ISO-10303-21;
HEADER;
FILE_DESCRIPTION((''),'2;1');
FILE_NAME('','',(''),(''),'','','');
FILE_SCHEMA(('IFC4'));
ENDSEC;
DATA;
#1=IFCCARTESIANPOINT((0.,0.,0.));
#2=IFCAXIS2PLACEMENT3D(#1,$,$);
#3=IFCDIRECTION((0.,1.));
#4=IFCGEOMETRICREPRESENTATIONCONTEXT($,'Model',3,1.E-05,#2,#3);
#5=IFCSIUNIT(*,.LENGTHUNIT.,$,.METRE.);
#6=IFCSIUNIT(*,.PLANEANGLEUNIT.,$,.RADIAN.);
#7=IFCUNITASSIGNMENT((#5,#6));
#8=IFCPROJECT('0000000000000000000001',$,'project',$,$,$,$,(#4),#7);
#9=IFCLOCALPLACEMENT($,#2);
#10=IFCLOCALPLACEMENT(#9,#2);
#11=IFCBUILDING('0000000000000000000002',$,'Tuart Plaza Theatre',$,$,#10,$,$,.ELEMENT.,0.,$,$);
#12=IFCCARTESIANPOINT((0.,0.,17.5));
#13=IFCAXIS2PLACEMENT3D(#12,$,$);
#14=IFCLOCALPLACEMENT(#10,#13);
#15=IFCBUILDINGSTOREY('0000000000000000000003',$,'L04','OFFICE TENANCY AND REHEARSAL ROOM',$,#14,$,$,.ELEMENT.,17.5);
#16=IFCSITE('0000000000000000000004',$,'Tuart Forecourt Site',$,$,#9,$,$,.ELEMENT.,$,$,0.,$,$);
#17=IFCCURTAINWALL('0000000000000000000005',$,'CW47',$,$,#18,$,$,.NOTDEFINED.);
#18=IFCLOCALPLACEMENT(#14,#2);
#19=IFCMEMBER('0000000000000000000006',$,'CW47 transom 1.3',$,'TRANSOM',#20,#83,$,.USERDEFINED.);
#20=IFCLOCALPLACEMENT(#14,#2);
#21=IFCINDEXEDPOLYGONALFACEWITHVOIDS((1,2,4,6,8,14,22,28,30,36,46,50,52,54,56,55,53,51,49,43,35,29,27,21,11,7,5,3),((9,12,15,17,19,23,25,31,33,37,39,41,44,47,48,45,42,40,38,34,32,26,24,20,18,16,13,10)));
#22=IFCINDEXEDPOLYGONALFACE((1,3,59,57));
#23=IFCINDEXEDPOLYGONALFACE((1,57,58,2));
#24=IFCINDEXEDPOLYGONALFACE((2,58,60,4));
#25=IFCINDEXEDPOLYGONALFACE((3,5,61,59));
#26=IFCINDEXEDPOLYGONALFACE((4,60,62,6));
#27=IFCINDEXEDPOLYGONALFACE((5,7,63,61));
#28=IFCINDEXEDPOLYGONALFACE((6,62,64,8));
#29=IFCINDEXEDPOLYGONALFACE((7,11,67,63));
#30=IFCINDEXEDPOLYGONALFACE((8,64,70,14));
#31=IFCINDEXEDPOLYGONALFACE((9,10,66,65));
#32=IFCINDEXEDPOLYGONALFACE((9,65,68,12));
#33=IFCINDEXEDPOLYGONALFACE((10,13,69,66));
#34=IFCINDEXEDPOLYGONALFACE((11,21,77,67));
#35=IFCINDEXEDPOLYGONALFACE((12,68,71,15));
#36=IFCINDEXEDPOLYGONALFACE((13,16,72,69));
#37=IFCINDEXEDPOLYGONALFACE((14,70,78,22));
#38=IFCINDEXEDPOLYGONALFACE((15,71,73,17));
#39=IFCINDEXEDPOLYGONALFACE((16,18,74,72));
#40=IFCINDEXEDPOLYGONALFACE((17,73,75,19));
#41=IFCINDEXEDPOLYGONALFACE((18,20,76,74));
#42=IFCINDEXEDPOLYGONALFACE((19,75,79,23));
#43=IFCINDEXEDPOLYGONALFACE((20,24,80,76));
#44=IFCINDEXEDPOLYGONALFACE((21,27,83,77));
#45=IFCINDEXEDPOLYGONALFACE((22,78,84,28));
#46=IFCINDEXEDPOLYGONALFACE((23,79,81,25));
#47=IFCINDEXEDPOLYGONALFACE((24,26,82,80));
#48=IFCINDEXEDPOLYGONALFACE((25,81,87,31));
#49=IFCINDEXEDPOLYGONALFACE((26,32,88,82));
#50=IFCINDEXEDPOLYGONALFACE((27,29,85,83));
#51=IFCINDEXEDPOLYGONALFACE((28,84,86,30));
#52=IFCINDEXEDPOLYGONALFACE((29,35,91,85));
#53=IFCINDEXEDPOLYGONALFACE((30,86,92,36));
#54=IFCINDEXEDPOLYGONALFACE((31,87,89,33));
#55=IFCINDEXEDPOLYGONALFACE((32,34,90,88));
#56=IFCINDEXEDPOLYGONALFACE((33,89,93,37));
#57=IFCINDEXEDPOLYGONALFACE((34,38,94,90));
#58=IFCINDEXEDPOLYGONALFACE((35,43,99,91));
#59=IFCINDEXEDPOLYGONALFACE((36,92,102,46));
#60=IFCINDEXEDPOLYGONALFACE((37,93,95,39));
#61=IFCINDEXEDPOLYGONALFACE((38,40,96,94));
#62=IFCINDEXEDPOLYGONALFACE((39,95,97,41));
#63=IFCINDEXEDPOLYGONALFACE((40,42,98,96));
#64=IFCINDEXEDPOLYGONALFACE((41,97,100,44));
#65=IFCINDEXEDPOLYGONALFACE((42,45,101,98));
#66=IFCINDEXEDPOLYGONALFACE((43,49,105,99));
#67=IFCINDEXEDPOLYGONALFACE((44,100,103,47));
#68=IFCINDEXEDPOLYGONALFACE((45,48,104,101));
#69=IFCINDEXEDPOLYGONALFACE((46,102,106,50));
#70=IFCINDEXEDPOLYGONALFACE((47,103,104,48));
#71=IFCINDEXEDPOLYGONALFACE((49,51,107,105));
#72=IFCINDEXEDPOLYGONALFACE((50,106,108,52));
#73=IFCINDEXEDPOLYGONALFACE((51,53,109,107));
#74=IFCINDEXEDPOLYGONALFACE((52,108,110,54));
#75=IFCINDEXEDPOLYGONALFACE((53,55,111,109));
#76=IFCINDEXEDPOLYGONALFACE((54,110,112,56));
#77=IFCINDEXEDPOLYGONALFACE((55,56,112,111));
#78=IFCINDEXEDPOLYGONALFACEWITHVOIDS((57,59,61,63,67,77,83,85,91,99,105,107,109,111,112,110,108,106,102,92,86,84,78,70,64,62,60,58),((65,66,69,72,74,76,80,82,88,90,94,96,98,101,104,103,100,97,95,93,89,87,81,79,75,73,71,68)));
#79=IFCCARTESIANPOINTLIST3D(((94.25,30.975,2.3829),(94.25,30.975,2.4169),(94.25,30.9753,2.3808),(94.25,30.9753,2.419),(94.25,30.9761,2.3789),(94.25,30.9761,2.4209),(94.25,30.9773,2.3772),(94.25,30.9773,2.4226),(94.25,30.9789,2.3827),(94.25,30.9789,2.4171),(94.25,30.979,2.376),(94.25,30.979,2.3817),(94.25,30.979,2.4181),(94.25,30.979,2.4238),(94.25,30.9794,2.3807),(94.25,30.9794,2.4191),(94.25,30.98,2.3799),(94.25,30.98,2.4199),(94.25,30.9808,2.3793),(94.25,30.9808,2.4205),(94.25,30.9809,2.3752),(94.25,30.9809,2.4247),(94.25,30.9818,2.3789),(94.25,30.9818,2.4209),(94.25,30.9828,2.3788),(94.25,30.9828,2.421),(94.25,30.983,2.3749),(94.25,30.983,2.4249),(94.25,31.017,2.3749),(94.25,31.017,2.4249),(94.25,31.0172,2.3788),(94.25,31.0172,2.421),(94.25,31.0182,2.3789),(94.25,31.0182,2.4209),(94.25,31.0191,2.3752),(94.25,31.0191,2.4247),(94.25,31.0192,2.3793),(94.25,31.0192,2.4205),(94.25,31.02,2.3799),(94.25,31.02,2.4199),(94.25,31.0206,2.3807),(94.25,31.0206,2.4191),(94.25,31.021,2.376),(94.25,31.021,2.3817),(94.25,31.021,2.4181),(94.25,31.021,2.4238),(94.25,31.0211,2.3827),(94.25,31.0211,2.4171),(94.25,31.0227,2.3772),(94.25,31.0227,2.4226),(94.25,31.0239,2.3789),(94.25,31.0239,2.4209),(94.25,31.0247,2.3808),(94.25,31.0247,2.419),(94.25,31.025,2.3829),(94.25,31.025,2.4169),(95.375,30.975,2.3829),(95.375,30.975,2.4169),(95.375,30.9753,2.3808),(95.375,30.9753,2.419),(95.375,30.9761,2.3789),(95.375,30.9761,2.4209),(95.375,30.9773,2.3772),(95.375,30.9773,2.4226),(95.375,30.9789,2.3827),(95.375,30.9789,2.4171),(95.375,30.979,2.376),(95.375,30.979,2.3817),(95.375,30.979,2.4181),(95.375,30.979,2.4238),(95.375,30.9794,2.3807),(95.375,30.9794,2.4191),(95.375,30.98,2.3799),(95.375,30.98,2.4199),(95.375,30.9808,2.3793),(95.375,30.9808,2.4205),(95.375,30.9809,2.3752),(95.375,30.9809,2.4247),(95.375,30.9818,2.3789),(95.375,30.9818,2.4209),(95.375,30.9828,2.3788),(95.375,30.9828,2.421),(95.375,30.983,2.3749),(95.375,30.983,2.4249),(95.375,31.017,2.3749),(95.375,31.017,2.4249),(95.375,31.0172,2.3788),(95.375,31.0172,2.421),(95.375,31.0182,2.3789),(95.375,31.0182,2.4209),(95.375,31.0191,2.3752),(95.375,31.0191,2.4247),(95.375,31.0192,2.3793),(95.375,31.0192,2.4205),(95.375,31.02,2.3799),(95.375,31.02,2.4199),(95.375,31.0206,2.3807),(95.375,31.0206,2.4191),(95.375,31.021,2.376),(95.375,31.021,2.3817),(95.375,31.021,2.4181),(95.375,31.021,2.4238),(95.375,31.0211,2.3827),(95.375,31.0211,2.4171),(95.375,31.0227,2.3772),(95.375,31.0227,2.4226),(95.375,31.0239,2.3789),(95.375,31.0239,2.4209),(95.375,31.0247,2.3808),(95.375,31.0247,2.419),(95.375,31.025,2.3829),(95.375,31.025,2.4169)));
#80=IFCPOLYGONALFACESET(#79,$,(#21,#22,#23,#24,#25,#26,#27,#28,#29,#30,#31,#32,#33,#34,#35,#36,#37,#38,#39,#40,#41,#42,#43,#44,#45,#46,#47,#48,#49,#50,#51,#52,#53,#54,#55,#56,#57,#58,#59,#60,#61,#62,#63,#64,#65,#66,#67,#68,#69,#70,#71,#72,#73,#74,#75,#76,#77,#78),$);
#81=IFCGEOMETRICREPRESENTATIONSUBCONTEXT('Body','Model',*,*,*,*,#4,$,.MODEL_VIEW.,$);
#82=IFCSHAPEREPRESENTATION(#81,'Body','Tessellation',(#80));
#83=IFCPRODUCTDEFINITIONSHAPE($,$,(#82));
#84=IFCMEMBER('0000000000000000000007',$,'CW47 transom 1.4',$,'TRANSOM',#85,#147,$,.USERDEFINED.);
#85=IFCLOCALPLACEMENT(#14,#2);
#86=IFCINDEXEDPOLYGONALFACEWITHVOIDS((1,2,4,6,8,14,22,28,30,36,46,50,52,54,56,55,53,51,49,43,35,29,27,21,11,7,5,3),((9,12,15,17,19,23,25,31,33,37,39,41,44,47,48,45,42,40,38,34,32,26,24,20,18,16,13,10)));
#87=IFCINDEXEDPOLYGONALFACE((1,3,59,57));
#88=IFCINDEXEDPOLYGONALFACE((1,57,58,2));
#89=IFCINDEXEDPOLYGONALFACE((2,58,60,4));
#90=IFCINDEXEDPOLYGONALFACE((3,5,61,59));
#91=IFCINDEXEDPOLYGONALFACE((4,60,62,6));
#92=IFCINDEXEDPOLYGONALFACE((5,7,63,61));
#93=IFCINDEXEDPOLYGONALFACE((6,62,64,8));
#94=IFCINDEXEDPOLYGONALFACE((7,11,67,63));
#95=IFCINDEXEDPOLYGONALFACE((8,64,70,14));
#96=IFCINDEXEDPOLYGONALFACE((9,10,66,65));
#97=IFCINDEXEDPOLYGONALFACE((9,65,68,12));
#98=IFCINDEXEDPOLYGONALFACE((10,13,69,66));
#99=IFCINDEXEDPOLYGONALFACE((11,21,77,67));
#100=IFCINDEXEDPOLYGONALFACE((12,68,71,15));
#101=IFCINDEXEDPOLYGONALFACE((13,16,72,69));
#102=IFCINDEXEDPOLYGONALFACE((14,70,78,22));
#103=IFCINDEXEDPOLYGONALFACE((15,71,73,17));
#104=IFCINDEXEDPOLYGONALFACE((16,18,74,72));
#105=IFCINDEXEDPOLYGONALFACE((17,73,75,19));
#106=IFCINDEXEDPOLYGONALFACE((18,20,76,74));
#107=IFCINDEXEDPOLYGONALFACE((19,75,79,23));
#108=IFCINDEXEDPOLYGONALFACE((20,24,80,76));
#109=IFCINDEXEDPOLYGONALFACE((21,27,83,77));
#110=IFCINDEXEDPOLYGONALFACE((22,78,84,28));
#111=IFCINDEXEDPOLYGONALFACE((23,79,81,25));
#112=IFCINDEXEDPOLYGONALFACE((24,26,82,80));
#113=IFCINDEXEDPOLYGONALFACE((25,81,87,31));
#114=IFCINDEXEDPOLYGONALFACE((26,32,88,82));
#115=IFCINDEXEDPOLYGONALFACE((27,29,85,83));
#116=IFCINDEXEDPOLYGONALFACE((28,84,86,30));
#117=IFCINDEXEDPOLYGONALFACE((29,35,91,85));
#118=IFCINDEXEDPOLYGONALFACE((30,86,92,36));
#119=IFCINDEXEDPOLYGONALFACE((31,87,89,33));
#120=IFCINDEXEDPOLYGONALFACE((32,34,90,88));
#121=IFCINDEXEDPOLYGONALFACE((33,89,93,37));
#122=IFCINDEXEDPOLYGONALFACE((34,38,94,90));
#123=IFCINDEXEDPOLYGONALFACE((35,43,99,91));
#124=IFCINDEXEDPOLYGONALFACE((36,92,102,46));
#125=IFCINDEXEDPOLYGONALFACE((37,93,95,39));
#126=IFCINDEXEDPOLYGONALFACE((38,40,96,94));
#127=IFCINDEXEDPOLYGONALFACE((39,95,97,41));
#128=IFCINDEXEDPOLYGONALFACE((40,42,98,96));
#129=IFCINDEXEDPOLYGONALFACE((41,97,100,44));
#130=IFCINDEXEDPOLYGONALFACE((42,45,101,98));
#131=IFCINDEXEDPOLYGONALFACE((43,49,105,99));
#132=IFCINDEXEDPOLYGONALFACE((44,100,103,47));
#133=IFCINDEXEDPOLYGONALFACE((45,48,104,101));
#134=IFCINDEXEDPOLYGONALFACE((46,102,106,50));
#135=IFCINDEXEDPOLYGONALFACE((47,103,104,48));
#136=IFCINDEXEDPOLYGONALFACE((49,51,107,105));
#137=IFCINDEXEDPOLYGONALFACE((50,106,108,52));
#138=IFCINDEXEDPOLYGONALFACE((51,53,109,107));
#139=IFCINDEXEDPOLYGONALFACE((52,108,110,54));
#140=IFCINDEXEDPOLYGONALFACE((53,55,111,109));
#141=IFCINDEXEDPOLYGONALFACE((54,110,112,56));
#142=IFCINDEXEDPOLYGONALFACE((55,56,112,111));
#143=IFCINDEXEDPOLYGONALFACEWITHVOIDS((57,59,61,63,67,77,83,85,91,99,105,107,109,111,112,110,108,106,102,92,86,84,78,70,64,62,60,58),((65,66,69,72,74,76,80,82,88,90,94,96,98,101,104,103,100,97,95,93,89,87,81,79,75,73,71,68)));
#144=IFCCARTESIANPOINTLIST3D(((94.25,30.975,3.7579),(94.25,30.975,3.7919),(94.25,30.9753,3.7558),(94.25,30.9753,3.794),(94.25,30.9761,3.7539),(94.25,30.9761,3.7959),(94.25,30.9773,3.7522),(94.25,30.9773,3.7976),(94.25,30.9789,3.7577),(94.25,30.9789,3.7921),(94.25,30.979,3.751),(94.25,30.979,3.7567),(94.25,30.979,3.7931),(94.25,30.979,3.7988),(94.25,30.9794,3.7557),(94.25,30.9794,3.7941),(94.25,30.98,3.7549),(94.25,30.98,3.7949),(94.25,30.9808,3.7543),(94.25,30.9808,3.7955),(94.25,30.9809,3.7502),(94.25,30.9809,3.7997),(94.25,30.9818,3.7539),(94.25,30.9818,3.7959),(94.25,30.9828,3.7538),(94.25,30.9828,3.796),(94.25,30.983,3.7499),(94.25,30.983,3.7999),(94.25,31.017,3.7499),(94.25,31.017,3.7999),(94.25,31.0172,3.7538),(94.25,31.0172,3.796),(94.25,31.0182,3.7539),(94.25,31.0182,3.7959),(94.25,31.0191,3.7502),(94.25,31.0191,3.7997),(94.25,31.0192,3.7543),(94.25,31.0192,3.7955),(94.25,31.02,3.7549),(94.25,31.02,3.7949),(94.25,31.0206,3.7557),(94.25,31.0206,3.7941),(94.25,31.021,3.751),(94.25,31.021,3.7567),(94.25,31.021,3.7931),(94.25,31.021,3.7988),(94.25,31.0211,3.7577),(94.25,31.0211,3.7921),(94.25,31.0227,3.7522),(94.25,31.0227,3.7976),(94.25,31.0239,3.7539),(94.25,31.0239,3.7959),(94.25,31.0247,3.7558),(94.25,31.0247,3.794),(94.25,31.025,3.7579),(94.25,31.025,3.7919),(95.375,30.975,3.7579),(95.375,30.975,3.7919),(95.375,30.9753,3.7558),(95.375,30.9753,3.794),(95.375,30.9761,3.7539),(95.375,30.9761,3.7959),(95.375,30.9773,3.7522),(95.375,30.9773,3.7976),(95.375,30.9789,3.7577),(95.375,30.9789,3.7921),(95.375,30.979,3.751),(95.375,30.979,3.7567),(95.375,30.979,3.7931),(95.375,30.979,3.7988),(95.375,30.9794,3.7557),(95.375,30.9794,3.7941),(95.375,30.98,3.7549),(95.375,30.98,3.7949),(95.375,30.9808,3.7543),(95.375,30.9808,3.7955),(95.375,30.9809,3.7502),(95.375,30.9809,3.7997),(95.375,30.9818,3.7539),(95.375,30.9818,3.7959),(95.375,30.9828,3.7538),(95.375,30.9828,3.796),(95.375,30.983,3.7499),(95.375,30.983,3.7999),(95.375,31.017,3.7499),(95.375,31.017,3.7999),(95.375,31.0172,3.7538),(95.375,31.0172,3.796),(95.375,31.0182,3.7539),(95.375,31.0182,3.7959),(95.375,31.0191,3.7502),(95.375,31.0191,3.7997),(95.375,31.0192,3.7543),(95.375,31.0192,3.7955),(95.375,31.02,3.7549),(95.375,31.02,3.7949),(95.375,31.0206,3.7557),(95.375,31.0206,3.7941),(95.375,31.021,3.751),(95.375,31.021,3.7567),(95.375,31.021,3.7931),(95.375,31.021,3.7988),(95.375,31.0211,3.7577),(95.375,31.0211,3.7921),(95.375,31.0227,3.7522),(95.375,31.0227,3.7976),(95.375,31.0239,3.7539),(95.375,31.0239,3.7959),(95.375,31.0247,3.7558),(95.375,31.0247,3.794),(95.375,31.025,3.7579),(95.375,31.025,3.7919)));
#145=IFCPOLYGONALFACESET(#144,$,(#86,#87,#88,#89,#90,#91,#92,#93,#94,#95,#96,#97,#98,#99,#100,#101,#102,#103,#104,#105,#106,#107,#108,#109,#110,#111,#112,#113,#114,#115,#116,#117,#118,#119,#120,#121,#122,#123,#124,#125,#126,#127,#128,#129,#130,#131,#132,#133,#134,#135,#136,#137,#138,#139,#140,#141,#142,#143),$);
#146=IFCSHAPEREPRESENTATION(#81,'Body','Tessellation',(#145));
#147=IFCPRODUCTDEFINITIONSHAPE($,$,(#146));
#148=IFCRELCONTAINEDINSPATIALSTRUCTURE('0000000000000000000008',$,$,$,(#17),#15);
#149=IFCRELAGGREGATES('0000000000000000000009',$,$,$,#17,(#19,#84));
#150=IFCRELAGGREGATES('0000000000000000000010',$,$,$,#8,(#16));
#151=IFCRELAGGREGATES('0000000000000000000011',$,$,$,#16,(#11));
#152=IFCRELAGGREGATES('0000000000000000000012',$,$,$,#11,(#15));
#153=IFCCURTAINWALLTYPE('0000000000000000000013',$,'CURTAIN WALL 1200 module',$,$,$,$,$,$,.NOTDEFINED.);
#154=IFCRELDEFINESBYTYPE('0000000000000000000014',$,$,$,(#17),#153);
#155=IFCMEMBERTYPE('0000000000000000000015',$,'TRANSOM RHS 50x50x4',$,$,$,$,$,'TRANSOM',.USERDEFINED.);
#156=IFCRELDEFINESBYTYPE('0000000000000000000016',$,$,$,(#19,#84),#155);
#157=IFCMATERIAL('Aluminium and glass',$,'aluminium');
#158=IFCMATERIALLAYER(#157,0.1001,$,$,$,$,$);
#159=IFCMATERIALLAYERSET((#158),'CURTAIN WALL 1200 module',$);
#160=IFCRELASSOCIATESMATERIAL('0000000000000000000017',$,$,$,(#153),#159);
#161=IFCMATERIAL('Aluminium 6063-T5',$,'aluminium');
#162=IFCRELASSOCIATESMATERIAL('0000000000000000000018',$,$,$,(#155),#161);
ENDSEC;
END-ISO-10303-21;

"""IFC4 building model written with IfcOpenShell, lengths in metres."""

from ifc_helpers import new_model, si_unit, direction, frame, origin, origin_2d, place, context, subcontext, project, spatial, hollow_rectangle, extrude, material, layer, layer_set, material_profile, profile_set, type_object, element, aggregate, save


model = new_model("IFC4")

# Units and contexts
model_context = context("Model", 3, precision=1e-05, world=origin(), true_north=direction((0.0, 1.0)))
body_context = subcontext(model_context, "Body", "Model", "MODEL_VIEW")
ifc_project = project(units=[si_unit("LENGTHUNIT", "METRE"), si_unit("PLANEANGLEUNIT", "RADIAN")], contexts=[model_context])

# Site, building, storey
site_placement = place(None, origin())
site = spatial("IfcSite", under=ifc_project, at=site_placement, Name="Tuart Forecourt Site", CompositionType="ELEMENT", RefElevation=0.0)
building_placement = place(site_placement, origin())
building = spatial("IfcBuilding", under=site, at=building_placement, Name="Tuart Plaza Theatre", CompositionType="ELEMENT", ElevationOfRefHeight=0.0)
storey_placement = place(building_placement, frame((0.0, 0.0, 17.5)))
storey = spatial("IfcBuildingStorey", under=building, at=storey_placement, Name="L04", Description="OFFICE TENANCY AND REHEARSAL ROOM", CompositionType="ELEMENT", Elevation=17.5)

# Curtain wall, members
ifc_material_1 = material(Name="Aluminium and glass", Category="aluminium")
ifc_layer_1 = layer(ifc_material_1, 0.1001)
ifc_layer_set_1 = layer_set([ifc_layer_1], Name="CURTAIN WALL 1200 module")
curtain_wall_type = type_object("IfcCurtainWallType", Name="CURTAIN WALL 1200 module", PredefinedType="NOTDEFINED", material=ifc_layer_set_1)
curtain_wall_placement = place(storey_placement, origin())
curtain_wall = element("IfcCurtainWall", 1, at=curtain_wall_placement, inside=storey, type_object=curtain_wall_type, Name="CW47", PredefinedType="NOTDEFINED")
ifc_material_2 = material(Name="Aluminium 6063-T5", Category="aluminium")
ifc_material_profile_1 = material_profile(ifc_material_2, hollow_rectangle(XDim=0.05, YDim=0.05, WallThickness=0.0039, InnerFilletRadius=0.0039, OuterFilletRadius=0.0081, at=origin_2d()), Name="RHS 50x50x4")
ifc_profile_set_1 = profile_set([ifc_material_profile_1], Name="Aluminium 6063-T5")
member_type_1 = type_object("IfcMemberType", Name="TRANSOM RHS 50x50x4", ElementType="TRANSOM", PredefinedType="USERDEFINED", material=ifc_profile_set_1)
member_1_placement = place(storey_placement, frame((94.25, 31.0, 2.3999), z_axis=(1.0, 0.0, 0.0), x_axis=(0.0, 1.0, 0.0)))
member_1 = element("IfcMember", 2, at=member_1_placement, type_object=member_type_1, Name="CW47 transom 1.3", ObjectType="TRANSOM", PredefinedType="USERDEFINED", context=body_context, shape_type="SweptSolid", body=[
    extrude(hollow_rectangle(XDim=0.05, YDim=0.05, WallThickness=0.0039, InnerFilletRadius=0.0039, OuterFilletRadius=0.0081, at=origin_2d()), origin(), (0.0, 0.0, 1.0), 1.125),
])
member_2_placement = place(storey_placement, frame((94.25, 31.0, 3.7749), z_axis=(1.0, 0.0, 0.0), x_axis=(0.0, 1.0, 0.0)))
member_2 = element("IfcMember", 3, at=member_2_placement, type_object=member_type_1, Name="CW47 transom 1.4", ObjectType="TRANSOM", PredefinedType="USERDEFINED", context=body_context, shape_type="SweptSolid", body=[
    extrude(hollow_rectangle(XDim=0.05, YDim=0.05, WallThickness=0.0039, InnerFilletRadius=0.0039, OuterFilletRadius=0.0081, at=origin_2d()), origin(), (0.0, 0.0, 1.0), 1.125),
])
aggregate(curtain_wall, [member_1, member_2])

save(model, "model.ifc")
